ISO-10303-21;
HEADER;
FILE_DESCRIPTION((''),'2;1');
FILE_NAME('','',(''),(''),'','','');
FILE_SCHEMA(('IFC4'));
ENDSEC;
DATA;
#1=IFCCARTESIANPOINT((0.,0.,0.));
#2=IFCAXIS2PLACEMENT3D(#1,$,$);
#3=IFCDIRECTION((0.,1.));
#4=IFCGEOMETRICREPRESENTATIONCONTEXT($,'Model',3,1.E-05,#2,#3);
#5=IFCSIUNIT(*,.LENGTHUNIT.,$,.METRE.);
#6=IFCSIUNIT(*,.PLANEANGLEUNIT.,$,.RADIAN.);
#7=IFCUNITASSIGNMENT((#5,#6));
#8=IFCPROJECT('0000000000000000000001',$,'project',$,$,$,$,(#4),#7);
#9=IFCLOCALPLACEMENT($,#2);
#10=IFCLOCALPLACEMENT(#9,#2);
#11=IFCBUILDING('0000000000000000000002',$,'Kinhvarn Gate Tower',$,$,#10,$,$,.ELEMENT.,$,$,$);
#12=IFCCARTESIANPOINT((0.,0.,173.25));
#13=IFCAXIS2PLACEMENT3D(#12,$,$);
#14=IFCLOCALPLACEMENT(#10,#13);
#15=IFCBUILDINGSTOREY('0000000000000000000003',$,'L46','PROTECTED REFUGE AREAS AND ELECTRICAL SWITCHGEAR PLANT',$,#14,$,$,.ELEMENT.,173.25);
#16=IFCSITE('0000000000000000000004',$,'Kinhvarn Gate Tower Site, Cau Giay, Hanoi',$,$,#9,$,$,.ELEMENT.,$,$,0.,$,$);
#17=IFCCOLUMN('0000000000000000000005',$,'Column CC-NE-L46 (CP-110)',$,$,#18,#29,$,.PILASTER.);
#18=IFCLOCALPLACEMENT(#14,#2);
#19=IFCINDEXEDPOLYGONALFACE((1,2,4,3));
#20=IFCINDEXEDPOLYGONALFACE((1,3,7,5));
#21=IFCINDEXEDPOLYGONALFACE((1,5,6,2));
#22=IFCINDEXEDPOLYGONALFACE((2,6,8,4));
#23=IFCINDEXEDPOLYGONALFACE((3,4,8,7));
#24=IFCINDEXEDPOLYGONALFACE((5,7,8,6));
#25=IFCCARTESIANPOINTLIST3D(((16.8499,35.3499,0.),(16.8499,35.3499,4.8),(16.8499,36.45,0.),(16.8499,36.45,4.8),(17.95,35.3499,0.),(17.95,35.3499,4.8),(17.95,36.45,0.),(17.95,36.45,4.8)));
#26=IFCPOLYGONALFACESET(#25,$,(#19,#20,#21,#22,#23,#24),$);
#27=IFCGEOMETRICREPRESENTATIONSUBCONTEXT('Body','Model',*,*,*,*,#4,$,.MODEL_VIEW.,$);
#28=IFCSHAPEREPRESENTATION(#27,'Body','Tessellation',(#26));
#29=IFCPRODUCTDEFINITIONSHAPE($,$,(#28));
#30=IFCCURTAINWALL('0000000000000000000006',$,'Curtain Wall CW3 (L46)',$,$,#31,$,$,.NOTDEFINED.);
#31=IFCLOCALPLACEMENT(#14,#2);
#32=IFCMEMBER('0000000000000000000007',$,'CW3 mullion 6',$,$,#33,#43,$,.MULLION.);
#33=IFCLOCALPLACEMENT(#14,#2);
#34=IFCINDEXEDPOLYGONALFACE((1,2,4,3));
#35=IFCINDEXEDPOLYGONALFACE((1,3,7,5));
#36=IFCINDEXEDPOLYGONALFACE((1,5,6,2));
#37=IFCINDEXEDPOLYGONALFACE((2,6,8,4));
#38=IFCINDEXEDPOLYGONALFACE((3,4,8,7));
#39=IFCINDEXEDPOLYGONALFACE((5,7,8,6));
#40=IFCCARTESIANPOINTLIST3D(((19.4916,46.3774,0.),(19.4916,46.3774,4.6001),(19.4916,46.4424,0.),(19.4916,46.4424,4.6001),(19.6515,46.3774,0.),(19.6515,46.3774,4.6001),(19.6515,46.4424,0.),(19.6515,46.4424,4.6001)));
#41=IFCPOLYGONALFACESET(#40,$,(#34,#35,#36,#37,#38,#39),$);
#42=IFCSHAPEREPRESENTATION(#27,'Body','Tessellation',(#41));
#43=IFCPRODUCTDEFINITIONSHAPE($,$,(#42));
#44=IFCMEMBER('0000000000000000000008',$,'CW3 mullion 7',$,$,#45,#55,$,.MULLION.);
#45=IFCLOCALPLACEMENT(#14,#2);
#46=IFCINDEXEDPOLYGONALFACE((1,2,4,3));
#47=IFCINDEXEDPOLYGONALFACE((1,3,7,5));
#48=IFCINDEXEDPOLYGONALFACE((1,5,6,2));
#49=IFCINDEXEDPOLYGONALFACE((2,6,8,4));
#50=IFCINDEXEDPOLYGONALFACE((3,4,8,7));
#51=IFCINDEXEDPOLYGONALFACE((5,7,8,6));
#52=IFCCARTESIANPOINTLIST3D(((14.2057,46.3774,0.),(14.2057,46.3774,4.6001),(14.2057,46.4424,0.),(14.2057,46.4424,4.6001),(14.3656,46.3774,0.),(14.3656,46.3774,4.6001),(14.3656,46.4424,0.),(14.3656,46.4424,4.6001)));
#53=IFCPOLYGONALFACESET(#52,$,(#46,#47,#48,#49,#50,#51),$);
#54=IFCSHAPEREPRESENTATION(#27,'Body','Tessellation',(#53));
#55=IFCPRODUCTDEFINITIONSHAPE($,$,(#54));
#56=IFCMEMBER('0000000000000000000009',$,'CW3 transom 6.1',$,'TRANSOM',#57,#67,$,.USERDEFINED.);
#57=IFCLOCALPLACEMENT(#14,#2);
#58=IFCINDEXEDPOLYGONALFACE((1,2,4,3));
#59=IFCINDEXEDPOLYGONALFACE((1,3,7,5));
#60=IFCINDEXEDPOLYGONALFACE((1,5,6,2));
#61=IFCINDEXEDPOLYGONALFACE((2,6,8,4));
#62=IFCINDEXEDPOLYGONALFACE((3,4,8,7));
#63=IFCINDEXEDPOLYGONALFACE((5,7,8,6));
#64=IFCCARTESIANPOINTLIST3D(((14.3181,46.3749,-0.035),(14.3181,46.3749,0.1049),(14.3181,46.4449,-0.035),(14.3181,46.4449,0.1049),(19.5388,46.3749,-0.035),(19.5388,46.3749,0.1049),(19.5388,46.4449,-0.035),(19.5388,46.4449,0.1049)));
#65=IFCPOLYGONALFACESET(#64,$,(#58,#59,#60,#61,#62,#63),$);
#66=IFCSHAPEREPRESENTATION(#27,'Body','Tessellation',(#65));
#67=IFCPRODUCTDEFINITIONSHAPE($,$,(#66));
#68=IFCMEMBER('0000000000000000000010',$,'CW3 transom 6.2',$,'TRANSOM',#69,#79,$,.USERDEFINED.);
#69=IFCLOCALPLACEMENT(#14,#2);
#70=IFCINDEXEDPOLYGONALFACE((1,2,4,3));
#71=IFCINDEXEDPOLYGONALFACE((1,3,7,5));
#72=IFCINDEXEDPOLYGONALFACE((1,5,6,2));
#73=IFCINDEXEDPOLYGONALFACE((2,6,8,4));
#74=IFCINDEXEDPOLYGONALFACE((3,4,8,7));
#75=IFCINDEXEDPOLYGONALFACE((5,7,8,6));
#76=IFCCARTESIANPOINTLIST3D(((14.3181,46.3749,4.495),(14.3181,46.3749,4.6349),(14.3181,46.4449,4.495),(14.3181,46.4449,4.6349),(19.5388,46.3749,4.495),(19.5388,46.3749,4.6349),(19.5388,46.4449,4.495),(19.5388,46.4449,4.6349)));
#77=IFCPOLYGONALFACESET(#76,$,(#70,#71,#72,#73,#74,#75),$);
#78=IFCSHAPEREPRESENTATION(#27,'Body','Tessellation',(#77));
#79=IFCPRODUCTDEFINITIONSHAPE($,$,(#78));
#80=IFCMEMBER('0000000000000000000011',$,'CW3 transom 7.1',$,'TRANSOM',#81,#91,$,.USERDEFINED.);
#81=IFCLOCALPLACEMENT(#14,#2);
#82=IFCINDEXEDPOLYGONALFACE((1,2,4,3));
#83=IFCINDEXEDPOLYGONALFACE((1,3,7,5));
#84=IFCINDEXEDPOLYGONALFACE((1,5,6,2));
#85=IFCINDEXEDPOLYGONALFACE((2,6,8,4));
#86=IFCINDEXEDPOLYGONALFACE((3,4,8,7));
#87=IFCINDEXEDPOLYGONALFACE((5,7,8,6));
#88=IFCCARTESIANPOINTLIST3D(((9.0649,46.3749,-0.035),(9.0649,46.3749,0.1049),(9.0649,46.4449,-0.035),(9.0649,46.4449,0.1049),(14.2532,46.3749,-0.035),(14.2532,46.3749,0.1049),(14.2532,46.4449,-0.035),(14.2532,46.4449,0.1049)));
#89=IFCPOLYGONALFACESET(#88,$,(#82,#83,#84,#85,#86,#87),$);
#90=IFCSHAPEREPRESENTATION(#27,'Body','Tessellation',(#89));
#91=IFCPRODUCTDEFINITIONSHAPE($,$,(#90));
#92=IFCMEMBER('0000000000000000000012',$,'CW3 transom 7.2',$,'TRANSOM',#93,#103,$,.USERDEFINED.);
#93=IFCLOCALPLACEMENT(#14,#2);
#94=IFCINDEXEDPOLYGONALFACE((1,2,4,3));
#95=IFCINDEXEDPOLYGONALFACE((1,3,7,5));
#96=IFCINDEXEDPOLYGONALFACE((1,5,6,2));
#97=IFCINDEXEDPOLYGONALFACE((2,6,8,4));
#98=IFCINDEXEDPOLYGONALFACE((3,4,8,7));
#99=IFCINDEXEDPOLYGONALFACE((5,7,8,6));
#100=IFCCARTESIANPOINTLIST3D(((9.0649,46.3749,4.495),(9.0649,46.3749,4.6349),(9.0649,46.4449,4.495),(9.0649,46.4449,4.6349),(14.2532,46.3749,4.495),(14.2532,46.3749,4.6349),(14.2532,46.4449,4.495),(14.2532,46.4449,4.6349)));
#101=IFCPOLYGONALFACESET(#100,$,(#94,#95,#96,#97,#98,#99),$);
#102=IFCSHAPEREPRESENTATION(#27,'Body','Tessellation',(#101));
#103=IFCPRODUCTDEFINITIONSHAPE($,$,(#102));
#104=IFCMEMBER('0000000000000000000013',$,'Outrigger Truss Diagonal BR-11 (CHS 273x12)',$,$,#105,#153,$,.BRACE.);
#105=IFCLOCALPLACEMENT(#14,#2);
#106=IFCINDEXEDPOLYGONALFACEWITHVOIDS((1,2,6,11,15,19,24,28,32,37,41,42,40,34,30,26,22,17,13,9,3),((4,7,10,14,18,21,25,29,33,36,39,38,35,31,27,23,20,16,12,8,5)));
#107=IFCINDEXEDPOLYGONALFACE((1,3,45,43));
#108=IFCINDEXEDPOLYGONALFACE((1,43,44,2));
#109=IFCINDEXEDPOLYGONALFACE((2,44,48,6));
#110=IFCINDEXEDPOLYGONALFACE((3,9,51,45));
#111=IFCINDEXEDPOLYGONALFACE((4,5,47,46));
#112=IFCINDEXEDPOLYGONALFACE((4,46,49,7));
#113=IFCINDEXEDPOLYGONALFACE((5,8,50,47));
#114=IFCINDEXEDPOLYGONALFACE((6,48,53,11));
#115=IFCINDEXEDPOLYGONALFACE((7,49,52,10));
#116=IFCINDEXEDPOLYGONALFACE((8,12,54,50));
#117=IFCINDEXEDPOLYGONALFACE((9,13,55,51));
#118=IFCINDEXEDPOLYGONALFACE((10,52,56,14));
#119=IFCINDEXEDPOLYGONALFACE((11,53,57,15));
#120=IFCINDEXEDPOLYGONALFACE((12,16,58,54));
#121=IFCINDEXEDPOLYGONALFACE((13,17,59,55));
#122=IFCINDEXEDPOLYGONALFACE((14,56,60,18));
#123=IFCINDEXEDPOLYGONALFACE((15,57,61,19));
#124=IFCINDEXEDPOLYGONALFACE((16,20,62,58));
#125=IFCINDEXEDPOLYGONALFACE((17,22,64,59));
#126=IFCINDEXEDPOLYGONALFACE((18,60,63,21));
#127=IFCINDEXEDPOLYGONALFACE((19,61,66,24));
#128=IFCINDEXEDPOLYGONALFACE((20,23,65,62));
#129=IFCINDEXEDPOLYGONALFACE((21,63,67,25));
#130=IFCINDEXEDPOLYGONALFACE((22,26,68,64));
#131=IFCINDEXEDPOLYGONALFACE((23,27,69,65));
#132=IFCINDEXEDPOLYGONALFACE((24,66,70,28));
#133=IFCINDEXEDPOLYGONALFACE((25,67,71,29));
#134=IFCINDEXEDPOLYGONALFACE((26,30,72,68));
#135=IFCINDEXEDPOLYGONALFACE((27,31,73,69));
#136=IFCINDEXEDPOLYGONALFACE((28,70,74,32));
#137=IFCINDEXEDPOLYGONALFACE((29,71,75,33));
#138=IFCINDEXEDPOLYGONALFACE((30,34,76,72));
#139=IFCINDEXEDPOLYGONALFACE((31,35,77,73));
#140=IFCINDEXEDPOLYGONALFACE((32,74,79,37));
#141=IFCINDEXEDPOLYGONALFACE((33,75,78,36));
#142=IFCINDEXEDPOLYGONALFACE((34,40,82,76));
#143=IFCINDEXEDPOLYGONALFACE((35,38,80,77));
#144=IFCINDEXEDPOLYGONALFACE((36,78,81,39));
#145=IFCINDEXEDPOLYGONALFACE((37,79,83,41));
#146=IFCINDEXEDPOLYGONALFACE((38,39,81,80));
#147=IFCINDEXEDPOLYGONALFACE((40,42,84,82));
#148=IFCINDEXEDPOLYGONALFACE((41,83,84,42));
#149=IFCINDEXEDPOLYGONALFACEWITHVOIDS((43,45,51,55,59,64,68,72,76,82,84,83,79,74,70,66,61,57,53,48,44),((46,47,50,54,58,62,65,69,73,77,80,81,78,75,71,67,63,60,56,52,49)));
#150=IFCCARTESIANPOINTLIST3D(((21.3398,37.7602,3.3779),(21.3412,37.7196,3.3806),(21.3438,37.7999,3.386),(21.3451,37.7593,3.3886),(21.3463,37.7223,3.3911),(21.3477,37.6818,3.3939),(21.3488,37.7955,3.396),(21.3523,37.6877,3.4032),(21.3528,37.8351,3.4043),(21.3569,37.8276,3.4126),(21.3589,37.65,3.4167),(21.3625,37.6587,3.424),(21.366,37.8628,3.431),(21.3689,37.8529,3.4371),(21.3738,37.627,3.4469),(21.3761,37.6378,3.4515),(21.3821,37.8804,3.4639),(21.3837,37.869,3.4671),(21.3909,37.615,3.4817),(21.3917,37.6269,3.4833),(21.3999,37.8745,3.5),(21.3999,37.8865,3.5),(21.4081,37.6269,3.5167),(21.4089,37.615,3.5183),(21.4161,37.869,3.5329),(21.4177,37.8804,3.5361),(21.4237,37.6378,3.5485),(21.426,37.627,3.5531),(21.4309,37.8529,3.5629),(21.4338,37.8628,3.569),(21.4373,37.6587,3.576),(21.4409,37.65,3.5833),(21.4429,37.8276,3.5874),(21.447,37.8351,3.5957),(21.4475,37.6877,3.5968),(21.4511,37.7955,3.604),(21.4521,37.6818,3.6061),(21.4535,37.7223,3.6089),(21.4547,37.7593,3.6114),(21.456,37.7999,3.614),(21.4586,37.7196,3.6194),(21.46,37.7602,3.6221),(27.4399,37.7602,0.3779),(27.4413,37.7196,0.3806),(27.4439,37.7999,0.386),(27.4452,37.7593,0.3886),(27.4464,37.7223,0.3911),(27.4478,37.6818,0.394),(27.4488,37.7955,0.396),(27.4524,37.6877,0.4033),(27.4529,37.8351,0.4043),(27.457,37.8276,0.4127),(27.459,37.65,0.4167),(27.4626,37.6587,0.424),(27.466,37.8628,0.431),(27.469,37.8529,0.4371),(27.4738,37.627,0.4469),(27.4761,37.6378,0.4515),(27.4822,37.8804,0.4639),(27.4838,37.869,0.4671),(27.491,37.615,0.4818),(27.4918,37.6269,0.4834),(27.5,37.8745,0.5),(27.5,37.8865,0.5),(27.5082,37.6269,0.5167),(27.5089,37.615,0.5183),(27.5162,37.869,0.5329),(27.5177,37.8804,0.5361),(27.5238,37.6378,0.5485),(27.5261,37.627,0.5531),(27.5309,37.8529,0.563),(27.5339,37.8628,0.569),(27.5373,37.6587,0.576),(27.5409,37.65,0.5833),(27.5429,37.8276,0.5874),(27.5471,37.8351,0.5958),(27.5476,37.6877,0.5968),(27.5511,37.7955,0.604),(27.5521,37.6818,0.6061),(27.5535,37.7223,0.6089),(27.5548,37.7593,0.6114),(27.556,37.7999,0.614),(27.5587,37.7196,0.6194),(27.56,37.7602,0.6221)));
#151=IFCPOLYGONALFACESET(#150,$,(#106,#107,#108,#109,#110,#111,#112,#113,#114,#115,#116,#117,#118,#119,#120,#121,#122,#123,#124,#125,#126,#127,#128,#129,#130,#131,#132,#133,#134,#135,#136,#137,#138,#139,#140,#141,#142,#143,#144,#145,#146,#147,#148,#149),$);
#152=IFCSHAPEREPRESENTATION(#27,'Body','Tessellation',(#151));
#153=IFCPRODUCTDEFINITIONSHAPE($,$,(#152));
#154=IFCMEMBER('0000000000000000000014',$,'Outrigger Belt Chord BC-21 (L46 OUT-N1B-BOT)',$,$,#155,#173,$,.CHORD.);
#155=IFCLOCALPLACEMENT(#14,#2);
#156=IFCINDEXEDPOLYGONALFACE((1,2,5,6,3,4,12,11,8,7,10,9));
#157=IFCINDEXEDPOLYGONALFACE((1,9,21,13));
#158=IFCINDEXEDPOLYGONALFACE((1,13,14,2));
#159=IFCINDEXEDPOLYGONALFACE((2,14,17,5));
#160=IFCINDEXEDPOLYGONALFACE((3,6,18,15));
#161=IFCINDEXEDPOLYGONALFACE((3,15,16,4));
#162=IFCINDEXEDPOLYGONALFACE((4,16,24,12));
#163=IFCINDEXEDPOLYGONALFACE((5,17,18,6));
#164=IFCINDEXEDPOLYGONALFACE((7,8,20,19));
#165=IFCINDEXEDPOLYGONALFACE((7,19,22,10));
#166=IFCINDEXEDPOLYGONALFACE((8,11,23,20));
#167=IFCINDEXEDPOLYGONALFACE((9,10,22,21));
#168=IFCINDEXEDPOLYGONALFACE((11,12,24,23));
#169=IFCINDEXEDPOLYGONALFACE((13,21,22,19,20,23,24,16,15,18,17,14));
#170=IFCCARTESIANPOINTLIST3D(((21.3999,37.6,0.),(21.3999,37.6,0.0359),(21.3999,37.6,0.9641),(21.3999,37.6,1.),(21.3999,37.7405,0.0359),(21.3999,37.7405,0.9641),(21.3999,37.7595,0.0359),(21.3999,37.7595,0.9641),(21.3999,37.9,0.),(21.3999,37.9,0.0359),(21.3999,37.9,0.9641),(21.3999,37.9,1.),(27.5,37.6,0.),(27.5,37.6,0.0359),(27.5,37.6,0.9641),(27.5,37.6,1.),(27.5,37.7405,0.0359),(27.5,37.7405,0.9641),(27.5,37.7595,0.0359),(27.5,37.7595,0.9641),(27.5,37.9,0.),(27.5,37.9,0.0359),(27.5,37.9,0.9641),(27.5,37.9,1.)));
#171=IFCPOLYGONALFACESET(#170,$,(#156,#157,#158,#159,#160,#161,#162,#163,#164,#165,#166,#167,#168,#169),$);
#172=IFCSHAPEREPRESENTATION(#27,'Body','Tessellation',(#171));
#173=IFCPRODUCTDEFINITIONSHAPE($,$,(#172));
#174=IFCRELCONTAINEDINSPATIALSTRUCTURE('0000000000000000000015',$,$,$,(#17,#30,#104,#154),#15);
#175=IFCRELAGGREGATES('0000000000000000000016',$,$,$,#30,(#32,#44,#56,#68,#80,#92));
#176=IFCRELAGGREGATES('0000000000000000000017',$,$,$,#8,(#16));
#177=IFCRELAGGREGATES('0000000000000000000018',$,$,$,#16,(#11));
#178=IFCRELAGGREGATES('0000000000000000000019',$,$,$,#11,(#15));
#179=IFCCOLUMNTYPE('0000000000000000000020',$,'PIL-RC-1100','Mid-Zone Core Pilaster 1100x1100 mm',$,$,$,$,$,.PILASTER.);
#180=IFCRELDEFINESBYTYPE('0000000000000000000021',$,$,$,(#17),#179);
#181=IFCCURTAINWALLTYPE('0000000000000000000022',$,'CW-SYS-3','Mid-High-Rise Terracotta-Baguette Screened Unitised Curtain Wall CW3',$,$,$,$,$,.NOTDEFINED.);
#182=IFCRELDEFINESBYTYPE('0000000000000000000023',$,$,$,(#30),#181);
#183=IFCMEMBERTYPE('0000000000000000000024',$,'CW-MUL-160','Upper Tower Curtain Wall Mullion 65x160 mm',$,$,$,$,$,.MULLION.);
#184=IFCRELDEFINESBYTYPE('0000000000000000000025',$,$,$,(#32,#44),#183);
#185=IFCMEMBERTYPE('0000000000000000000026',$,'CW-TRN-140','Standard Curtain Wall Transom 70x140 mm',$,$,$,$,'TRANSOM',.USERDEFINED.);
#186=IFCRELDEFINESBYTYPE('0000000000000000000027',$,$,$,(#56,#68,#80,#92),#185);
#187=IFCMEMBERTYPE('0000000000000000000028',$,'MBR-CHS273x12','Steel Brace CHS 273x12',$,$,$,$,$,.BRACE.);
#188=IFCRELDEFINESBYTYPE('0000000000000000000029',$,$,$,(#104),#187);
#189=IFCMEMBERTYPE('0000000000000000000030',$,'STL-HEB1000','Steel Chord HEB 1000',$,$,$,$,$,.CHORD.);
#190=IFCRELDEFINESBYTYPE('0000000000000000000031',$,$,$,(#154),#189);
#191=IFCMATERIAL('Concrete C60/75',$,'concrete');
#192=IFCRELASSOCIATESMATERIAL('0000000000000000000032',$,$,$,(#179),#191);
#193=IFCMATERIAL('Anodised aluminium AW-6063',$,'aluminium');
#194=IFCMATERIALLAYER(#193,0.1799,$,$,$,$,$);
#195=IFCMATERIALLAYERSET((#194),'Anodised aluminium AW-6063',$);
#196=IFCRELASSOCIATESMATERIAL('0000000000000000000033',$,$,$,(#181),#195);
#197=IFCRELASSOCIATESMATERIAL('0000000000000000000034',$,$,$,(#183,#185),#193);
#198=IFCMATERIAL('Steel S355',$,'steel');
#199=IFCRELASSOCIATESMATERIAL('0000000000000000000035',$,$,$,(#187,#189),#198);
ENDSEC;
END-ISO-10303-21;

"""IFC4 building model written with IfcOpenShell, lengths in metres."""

from ifc_helpers import new_model, si_unit, direction, frame, origin, origin_2d, place, context, subcontext, project, spatial, rectangle, hollow_circle, i_section, extrude, material, layer, layer_set, material_profile, profile_set, type_object, element, aggregate, save


model = new_model("IFC4")

# Units and contexts
model_context = context("Model", 3, precision=1e-05, world=origin(), true_north=direction((0.0, 1.0)))
body_context = subcontext(model_context, "Body", "Model", "MODEL_VIEW")
ifc_project = project(units=[si_unit("LENGTHUNIT", "METRE"), si_unit("PLANEANGLEUNIT", "RADIAN")], contexts=[model_context])

# Site, building, storey
site_placement = place(None, origin())
site = spatial("IfcSite", under=ifc_project, at=site_placement, Name="Kinhvarn Gate Tower Site, Cau Giay, Hanoi", CompositionType="ELEMENT", RefElevation=0.0)
building_placement = place(site_placement, origin())
building = spatial("IfcBuilding", under=site, at=building_placement, Name="Kinhvarn Gate Tower", CompositionType="ELEMENT")
storey_placement = place(building_placement, frame((0.0, 0.0, 173.25)))
storey = spatial("IfcBuildingStorey", under=building, at=storey_placement, Name="L46", Description="PROTECTED REFUGE AREAS AND ELECTRICAL SWITCHGEAR PLANT", CompositionType="ELEMENT", Elevation=173.25)

# Column
ifc_material_1 = material(Name="Concrete C60/75", Category="concrete")
ifc_material_profile_1 = material_profile(ifc_material_1, rectangle(XDim=1.1001, YDim=1.1001, at=origin_2d()), Name="RC 1100x1100")
ifc_profile_set_1 = profile_set([ifc_material_profile_1], Name="Concrete C60/75")
column_type = type_object("IfcColumnType", Name="PIL-RC-1100", Description="Mid-Zone Core Pilaster 1100x1100 mm", PredefinedType="PILASTER", material=ifc_profile_set_1)
column_placement = place(storey_placement, frame((17.3999, 35.8999, 0.0), z_axis=(0.0, 0.0, 1.0), x_axis=(1.0, 0.0, 0.0)))
element("IfcColumn", 1, at=column_placement, inside=storey, type_object=column_type, Name="Column CC-NE-L46 (CP-110)", PredefinedType="PILASTER", context=body_context, shape_type="SweptSolid", body=[
    extrude(rectangle(XDim=1.1001, YDim=1.1001, at=origin_2d()), origin(), (0.0, 0.0, 1.0), 4.8),
])

# Curtain wall, members
ifc_material_2 = material(Name="Anodised aluminium AW-6063", Category="aluminium")
ifc_layer_1 = layer(ifc_material_2, 0.1799)
ifc_layer_set_1 = layer_set([ifc_layer_1], Name="Anodised aluminium AW-6063")
curtain_wall_type = type_object("IfcCurtainWallType", Name="CW-SYS-3", Description="Mid-High-Rise Terracotta-Baguette Screened Unitised Curtain Wall CW3", PredefinedType="NOTDEFINED", material=ifc_layer_set_1)
curtain_wall_placement = place(storey_placement, origin())
curtain_wall = element("IfcCurtainWall", 2, at=curtain_wall_placement, inside=storey, type_object=curtain_wall_type, Name="Curtain Wall CW3 (L46)", PredefinedType="NOTDEFINED")
ifc_material_profile_2 = material_profile(ifc_material_2, rectangle(XDim=0.0649, YDim=0.1599, at=origin_2d()), Name="ALU 65x160")
ifc_profile_set_2 = profile_set([ifc_material_profile_2], Name="Anodised aluminium AW-6063")
member_type_1 = type_object("IfcMemberType", Name="CW-MUL-160", Description="Upper Tower Curtain Wall Mullion 65x160 mm", PredefinedType="MULLION", material=ifc_profile_set_2)
member_1_placement = place(storey_placement, frame((19.5715, 46.4099, 0.0), z_axis=(0.0, 0.0, 1.0), x_axis=(0.0, -1.0, 0.0)))
member_1 = element("IfcMember", 3, at=member_1_placement, type_object=member_type_1, Name="CW3 mullion 6", PredefinedType="MULLION", context=body_context, shape_type="SweptSolid", body=[
    extrude(rectangle(XDim=0.0649, YDim=0.1599, at=origin_2d()), origin(), (0.0, 0.0, 1.0), 4.6001),
])
member_2_placement = place(storey_placement, frame((14.2856, 46.4099, 0.0), z_axis=(0.0, 0.0, 1.0), x_axis=(0.0, -1.0, 0.0)))
member_2 = element("IfcMember", 4, at=member_2_placement, type_object=member_type_1, Name="CW3 mullion 7", PredefinedType="MULLION", context=body_context, shape_type="SweptSolid", body=[
    extrude(rectangle(XDim=0.0649, YDim=0.1599, at=origin_2d()), origin(), (0.0, 0.0, 1.0), 4.6001),
])
ifc_material_profile_3 = material_profile(ifc_material_2, rectangle(XDim=0.0701, YDim=0.1399, at=origin_2d()), Name="ALU 70x140")
ifc_profile_set_3 = profile_set([ifc_material_profile_3], Name="Anodised aluminium AW-6063")
member_type_2 = type_object("IfcMemberType", Name="CW-TRN-140", Description="Standard Curtain Wall Transom 70x140 mm", ElementType="TRANSOM", PredefinedType="USERDEFINED", material=ifc_profile_set_3)
member_3_placement = place(storey_placement, frame((19.5388, 46.4099, 0.0349), z_axis=(-1.0, 0.0, 0.0), x_axis=(0.0, -1.0, 0.0)))
member_3 = element("IfcMember", 5, at=member_3_placement, type_object=member_type_2, Name="CW3 transom 6.1", ObjectType="TRANSOM", PredefinedType="USERDEFINED", context=body_context, shape_type="SweptSolid", body=[
    extrude(rectangle(XDim=0.0701, YDim=0.1399, at=origin_2d()), origin(), (0.0, 0.0, 1.0), 5.2207),
])
member_4_placement = place(storey_placement, frame((19.5388, 46.4099, 4.5649), z_axis=(-1.0, 0.0, 0.0), x_axis=(0.0, -1.0, 0.0)))
member_4 = element("IfcMember", 6, at=member_4_placement, type_object=member_type_2, Name="CW3 transom 6.2", ObjectType="TRANSOM", PredefinedType="USERDEFINED", context=body_context, shape_type="SweptSolid", body=[
    extrude(rectangle(XDim=0.0701, YDim=0.1399, at=origin_2d()), origin(), (0.0, 0.0, 1.0), 5.2207),
])
member_5_placement = place(storey_placement, frame((14.2532, 46.4099, 0.0349), z_axis=(-1.0, 0.0, 0.0), x_axis=(0.0, -1.0, 0.0)))
member_5 = element("IfcMember", 7, at=member_5_placement, type_object=member_type_2, Name="CW3 transom 7.1", ObjectType="TRANSOM", PredefinedType="USERDEFINED", context=body_context, shape_type="SweptSolid", body=[
    extrude(rectangle(XDim=0.0701, YDim=0.1399, at=origin_2d()), origin(), (0.0, 0.0, 1.0), 5.1882),
])
member_6_placement = place(storey_placement, frame((14.2532, 46.4099, 4.5649), z_axis=(-1.0, 0.0, 0.0), x_axis=(0.0, -1.0, 0.0)))
member_6 = element("IfcMember", 8, at=member_6_placement, type_object=member_type_2, Name="CW3 transom 7.2", ObjectType="TRANSOM", PredefinedType="USERDEFINED", context=body_context, shape_type="SweptSolid", body=[
    extrude(rectangle(XDim=0.0701, YDim=0.1399, at=origin_2d()), origin(), (0.0, 0.0, 1.0), 5.1882),
])

# Members
ifc_material_3 = material(Name="Steel S355", Category="steel")
ifc_material_profile_4 = material_profile(ifc_material_3, hollow_circle(Radius=0.1365, WallThickness=0.012, at=origin_2d()), Name="CHS 273x12")
ifc_profile_set_4 = profile_set([ifc_material_profile_4], Name="Steel S355")
member_type_3 = type_object("IfcMemberType", Name="MBR-CHS273x12", Description="Steel Brace CHS 273x12", PredefinedType="BRACE", material=ifc_profile_set_4)
member_7_placement = place(storey_placement, frame((21.3999, 37.75, 3.5), z_axis=(0.897353, 0.0, -0.441314), x_axis=(0.0, 1.0, 0.0)))
element("IfcMember", 9, at=member_7_placement, inside=storey, type_object=member_type_3, Name="Outrigger Truss Diagonal BR-11 (CHS 273x12)", PredefinedType="BRACE", context=body_context, shape_type="SweptSolid", body=[
    extrude(hollow_circle(Radius=0.1365, WallThickness=0.012, at=origin_2d()), origin(), (0.0, 0.0, 1.0), 6.7979),
])
ifc_material_profile_5 = material_profile(ifc_material_3, i_section(OverallWidth=0.3, OverallDepth=1.0, WebThickness=0.019, FlangeThickness=0.0359, at=origin_2d()), Name="HEB 1000")
ifc_profile_set_5 = profile_set([ifc_material_profile_5], Name="Steel S355")
member_type_4 = type_object("IfcMemberType", Name="STL-HEB1000", Description="Steel Chord HEB 1000", PredefinedType="CHORD", material=ifc_profile_set_5)
member_8_placement = place(storey_placement, frame((21.3999, 37.75, 0.5), z_axis=(1.0, 0.0, 0.0), x_axis=(0.0, 1.0, 0.0)))
element("IfcMember", 10, at=member_8_placement, inside=storey, type_object=member_type_4, Name="Outrigger Belt Chord BC-21 (L46 OUT-N1B-BOT)", PredefinedType="CHORD", context=body_context, shape_type="SweptSolid", body=[
    extrude(i_section(OverallWidth=0.3, OverallDepth=1.0, WebThickness=0.019, FlangeThickness=0.0359, at=origin_2d()), origin(), (0.0, 0.0, 1.0), 6.1001),
])

aggregate(curtain_wall, [member_1, member_2, member_3, member_4, member_5, member_6])

save(model, "model.ifc")
